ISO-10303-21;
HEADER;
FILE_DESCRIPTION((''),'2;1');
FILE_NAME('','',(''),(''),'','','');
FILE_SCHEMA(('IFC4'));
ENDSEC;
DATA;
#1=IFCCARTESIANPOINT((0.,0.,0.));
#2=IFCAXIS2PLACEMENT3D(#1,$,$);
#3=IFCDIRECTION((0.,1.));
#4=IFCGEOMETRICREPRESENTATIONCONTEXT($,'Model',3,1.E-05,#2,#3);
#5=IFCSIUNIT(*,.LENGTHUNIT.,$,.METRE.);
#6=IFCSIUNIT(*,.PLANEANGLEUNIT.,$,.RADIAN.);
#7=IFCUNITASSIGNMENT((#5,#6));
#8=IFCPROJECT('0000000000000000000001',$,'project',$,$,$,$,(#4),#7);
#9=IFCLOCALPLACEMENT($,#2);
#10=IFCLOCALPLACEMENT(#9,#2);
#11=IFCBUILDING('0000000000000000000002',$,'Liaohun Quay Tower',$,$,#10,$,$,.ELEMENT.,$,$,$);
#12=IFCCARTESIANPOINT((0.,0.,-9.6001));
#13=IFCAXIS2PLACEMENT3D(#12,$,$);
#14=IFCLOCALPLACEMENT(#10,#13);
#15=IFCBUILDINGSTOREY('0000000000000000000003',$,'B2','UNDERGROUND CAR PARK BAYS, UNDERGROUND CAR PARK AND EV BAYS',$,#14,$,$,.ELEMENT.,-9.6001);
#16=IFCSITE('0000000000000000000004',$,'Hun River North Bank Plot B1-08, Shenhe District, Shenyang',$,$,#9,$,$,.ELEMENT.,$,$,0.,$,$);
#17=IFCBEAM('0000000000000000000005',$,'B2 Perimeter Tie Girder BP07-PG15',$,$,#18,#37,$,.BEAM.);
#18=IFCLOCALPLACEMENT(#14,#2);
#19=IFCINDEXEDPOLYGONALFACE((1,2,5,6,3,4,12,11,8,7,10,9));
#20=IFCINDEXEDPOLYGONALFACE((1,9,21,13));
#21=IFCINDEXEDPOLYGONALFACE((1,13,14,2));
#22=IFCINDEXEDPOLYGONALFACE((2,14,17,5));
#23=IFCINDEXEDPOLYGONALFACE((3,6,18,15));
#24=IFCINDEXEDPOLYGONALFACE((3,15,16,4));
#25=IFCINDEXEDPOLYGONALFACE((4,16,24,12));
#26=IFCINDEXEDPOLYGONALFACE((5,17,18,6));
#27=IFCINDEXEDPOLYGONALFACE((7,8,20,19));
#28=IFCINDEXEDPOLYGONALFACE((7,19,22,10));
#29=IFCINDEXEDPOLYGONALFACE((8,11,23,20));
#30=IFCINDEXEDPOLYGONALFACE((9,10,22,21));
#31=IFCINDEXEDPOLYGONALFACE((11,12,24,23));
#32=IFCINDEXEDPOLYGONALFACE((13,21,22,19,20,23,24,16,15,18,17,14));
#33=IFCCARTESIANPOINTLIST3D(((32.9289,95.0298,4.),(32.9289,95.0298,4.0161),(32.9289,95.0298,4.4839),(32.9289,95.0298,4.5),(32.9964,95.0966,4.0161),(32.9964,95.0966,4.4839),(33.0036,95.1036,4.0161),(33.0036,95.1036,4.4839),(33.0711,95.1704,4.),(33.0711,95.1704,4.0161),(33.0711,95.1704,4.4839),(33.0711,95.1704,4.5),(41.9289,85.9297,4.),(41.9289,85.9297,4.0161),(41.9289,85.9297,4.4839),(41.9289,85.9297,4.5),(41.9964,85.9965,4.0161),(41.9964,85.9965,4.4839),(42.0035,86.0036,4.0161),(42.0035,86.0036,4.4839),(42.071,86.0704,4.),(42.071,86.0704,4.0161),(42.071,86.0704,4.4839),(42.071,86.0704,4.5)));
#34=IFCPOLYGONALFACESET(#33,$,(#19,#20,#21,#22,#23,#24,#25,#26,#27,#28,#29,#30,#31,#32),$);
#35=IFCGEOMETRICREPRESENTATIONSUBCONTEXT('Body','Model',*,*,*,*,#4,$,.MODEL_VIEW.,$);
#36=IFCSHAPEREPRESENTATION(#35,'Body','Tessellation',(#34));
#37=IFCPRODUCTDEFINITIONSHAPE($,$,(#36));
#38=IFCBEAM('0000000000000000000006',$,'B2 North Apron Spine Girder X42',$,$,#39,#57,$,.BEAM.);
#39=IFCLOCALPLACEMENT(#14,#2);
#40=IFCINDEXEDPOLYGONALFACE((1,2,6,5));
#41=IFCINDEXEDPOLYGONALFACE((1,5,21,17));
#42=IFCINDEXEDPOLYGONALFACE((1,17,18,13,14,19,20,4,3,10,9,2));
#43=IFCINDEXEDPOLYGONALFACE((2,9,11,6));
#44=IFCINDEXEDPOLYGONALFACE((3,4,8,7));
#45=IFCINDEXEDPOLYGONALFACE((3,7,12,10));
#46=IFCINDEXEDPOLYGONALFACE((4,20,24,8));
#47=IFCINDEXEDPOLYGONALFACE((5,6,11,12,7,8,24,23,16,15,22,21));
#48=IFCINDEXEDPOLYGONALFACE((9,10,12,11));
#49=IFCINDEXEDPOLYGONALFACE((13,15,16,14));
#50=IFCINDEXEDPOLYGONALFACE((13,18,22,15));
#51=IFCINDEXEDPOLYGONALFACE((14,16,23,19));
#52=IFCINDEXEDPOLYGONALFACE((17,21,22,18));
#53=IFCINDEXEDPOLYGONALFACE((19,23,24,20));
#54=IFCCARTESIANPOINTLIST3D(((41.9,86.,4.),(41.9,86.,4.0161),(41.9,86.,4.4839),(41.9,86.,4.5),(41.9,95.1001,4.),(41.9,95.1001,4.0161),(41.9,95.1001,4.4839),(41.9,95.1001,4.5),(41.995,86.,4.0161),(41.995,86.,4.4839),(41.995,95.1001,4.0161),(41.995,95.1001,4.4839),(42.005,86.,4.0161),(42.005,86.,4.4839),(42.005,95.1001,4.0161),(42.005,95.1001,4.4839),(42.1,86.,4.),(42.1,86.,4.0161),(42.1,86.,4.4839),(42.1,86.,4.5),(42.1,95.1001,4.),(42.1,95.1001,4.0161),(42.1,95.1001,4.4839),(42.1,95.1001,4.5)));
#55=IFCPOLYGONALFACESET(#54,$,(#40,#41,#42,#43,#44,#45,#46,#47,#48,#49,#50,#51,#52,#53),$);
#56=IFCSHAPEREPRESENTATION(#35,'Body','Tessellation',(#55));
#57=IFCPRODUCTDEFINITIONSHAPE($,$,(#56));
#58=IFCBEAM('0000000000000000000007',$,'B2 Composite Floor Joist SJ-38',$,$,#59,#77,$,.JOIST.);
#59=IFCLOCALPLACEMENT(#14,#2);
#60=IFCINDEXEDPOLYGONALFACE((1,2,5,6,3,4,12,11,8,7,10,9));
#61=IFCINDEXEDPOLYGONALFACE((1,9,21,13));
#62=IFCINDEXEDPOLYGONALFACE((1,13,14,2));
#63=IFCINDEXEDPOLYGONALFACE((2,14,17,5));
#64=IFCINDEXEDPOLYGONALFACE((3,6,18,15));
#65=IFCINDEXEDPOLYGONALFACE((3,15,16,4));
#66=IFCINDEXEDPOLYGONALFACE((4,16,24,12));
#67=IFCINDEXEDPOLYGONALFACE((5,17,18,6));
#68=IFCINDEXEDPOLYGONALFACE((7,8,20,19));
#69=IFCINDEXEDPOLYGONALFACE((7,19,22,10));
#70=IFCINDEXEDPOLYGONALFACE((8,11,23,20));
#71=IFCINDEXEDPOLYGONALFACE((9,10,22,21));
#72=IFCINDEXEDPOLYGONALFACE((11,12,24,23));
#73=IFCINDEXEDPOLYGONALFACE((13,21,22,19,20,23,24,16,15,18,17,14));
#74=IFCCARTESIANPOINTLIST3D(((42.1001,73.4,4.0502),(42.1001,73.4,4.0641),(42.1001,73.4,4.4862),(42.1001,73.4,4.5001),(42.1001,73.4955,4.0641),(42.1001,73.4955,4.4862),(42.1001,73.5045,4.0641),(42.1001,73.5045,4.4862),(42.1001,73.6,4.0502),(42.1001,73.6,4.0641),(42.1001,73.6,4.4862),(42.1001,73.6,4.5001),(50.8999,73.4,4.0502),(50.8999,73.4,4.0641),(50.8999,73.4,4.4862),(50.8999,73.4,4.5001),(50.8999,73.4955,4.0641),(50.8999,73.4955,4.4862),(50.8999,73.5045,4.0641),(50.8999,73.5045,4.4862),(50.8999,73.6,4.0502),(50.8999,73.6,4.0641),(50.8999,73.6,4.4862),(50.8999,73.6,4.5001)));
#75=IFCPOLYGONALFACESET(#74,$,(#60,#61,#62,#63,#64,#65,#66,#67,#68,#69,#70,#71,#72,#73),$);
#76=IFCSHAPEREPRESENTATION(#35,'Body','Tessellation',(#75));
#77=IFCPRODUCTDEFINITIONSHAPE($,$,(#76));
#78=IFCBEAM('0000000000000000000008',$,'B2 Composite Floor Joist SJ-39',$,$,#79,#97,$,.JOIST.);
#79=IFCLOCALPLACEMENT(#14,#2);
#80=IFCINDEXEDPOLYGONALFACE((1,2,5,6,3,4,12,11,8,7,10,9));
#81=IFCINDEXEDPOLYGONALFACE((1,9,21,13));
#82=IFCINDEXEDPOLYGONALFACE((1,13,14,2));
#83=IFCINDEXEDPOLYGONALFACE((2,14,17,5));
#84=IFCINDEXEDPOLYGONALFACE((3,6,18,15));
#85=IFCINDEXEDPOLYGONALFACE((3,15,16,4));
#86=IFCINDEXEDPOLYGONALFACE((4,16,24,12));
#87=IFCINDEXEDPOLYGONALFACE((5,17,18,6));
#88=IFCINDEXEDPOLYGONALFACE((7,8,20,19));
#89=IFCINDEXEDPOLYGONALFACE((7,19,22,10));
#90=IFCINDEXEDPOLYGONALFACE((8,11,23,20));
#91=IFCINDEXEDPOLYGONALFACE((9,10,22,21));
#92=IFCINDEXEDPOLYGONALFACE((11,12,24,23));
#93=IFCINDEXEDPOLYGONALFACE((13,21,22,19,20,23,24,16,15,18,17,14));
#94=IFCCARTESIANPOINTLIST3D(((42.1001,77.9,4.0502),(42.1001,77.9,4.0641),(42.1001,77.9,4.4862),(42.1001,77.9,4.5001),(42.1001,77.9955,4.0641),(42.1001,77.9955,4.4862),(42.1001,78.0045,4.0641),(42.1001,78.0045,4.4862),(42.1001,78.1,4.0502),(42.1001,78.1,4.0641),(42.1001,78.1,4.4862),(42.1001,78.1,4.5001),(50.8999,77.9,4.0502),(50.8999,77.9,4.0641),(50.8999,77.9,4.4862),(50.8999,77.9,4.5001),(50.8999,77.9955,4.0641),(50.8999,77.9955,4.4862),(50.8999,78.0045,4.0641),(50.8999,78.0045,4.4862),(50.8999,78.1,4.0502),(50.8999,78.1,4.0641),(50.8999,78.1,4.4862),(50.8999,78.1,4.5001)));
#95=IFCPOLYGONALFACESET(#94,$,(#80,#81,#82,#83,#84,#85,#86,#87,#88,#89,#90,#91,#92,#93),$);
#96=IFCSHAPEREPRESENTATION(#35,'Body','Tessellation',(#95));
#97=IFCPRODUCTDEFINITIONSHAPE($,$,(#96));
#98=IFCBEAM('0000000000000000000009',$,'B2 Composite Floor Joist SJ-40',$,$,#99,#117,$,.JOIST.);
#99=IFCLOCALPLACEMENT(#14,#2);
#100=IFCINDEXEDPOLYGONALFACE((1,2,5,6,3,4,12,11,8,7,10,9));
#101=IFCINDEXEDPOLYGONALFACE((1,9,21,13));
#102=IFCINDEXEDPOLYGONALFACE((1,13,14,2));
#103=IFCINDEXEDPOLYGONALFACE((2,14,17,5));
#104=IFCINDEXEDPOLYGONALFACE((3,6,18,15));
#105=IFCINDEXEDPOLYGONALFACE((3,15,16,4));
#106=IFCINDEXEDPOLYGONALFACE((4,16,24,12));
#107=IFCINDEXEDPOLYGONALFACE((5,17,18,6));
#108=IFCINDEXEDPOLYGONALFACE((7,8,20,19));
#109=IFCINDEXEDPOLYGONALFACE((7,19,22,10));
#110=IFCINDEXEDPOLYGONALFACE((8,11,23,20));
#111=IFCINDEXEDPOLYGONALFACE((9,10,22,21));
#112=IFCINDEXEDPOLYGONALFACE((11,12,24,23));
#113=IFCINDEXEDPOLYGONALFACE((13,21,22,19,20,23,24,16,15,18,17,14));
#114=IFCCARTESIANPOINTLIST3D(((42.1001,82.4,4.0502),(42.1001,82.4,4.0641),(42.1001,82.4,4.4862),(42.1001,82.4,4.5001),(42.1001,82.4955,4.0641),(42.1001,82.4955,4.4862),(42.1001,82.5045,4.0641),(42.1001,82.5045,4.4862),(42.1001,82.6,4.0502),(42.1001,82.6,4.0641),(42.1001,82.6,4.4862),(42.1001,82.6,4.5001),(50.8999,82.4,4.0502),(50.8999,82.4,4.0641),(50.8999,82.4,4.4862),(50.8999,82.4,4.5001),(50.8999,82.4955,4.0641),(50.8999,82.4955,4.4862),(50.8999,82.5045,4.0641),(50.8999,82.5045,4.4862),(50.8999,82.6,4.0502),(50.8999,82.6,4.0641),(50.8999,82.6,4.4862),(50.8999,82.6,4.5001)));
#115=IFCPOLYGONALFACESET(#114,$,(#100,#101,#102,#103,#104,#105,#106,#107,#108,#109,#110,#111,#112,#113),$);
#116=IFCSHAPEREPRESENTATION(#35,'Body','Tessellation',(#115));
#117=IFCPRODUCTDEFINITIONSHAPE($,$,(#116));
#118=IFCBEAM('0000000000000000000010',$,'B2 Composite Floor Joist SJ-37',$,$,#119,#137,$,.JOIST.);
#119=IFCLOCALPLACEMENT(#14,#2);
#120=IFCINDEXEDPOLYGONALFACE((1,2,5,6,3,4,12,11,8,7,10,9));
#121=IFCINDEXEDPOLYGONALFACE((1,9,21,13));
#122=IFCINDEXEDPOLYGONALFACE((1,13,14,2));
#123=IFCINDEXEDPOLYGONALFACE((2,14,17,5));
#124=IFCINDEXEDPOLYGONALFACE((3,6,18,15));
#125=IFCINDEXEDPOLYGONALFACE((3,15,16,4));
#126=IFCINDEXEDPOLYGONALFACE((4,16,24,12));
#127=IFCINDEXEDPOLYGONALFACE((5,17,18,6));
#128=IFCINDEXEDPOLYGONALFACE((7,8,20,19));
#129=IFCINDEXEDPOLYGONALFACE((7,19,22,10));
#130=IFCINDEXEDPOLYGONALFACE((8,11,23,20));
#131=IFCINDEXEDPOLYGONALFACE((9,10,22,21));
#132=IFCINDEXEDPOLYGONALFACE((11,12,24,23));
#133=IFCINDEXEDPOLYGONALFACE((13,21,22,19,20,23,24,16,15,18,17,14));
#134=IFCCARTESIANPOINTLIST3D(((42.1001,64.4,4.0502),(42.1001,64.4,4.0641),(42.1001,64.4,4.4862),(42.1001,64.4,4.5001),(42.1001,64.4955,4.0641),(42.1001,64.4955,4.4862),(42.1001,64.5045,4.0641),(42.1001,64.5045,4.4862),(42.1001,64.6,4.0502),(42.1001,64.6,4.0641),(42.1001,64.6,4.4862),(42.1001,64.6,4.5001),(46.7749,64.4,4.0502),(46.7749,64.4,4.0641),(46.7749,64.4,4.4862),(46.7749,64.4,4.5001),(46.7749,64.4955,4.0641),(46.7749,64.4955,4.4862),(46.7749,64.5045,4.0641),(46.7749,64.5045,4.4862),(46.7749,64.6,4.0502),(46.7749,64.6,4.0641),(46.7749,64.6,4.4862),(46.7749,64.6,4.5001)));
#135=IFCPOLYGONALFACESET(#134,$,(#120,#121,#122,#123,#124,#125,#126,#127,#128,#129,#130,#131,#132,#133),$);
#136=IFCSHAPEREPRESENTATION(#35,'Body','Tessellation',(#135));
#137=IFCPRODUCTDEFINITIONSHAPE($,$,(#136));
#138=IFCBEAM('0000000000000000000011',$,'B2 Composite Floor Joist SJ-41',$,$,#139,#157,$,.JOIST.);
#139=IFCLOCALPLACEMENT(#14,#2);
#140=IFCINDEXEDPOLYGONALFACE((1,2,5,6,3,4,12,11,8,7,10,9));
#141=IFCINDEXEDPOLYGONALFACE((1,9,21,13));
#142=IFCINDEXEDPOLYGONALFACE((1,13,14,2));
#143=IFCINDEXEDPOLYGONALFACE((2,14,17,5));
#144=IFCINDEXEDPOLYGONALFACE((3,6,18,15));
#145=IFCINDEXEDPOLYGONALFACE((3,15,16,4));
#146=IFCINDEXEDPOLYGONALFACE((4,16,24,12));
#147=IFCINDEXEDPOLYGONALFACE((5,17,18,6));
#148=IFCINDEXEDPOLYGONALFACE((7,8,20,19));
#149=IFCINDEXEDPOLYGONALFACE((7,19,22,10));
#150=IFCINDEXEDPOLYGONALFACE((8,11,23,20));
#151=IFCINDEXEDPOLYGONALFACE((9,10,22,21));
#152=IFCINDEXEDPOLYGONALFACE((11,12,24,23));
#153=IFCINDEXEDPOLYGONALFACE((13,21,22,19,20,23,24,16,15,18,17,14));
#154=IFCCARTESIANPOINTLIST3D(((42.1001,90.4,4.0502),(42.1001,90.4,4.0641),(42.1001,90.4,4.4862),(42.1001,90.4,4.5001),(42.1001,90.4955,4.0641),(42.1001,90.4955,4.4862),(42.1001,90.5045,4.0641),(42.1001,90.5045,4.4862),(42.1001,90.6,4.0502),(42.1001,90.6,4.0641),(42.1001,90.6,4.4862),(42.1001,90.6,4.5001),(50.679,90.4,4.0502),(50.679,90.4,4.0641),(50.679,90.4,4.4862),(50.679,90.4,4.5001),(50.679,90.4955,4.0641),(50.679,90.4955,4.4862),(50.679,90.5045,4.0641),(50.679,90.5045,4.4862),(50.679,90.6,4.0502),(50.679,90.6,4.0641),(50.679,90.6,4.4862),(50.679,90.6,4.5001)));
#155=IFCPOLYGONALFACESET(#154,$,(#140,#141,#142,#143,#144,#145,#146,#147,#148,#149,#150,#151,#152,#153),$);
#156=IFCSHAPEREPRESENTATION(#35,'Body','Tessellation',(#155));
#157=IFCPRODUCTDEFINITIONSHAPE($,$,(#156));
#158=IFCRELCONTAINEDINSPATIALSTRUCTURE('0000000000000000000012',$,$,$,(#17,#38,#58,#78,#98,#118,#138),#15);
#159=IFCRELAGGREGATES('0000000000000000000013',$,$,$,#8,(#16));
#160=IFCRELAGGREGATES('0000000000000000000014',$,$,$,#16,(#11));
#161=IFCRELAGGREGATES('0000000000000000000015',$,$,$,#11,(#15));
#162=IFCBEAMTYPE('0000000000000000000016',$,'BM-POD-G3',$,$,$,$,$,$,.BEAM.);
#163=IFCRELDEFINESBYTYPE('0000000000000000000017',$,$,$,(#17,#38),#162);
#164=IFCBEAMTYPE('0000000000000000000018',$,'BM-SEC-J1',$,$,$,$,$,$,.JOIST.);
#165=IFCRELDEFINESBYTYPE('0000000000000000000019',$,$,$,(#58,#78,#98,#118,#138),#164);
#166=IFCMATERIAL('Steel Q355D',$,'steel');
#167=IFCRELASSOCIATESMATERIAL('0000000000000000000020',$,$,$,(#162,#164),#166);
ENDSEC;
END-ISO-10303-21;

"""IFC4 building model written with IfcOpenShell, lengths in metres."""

from ifc_helpers import new_model, si_unit, direction, frame, origin, origin_2d, place, context, subcontext, project, spatial, i_section, extrude, source, transform, mapped, material, material_profile, profile_set, type_object, element, save


model = new_model("IFC4")

# Units and contexts
model_context = context("Model", 3, precision=1e-05, world=origin(), true_north=direction((0.0, 1.0)))
body_context = subcontext(model_context, "Body", "Model", "MODEL_VIEW")
ifc_project = project(units=[si_unit("LENGTHUNIT", "METRE"), si_unit("PLANEANGLEUNIT", "RADIAN")], contexts=[model_context])

# Site, building, storey
site_placement = place(None, origin())
site = spatial("IfcSite", under=ifc_project, at=site_placement, Name="Hun River North Bank Plot B1-08, Shenhe District, Shenyang", CompositionType="ELEMENT", RefElevation=0.0)
building_placement = place(site_placement, origin())
building = spatial("IfcBuilding", under=site, at=building_placement, Name="Liaohun Quay Tower", CompositionType="ELEMENT")
storey_placement = place(building_placement, frame((0.0, 0.0, -9.6001)))
storey = spatial("IfcBuildingStorey", under=building, at=storey_placement, Name="B2", Description="UNDERGROUND CAR PARK BAYS, UNDERGROUND CAR PARK AND EV BAYS", CompositionType="ELEMENT", Elevation=-9.6001)

# Beams
ifc_material_1 = material(Name="Steel Q355D", Category="steel")
ifc_material_profile_1 = material_profile(ifc_material_1, i_section(OverallWidth=0.2, OverallDepth=0.5, WebThickness=0.01, FlangeThickness=0.0161, at=origin_2d()), Name="HN500x200x10x16")
ifc_profile_set_1 = profile_set([ifc_material_profile_1], Name="Steel Q355D")
beam_type_1 = type_object("IfcBeamType", Name="BM-POD-G3", PredefinedType="BEAM", material=ifc_profile_set_1)
shared_shape_1 = source(origin(), body_context, "Body", "SweptSolid", [
    extrude(i_section(OverallWidth=0.2, OverallDepth=0.5, WebThickness=0.01, FlangeThickness=0.0161, at=origin_2d()), origin(), (0.0, 0.0, 1.0), 12.7988),
])
beam_1_placement = place(storey_placement, frame((33.0, 95.1001, 4.25), z_axis=(0.703186, -0.711006, 0.0), x_axis=(0.711006, 0.703186, 0.0)))
element("IfcBeam", 1, at=beam_1_placement, inside=storey, type_object=beam_type_1, Name="B2 Perimeter Tie Girder BP07-PG15", PredefinedType="BEAM", context=body_context, shape_type="MappedRepresentation", body=[
    mapped(shared_shape_1, transform((0.0, 0.0, 0.0), x_axis=(1.0, 0.0, 0.0), y_axis=(0.0, 1.0, 0.0), z_axis=(0.0, 0.0, 1.0), scale=1.0)),
])
shared_shape_2 = source(origin(), body_context, "Body", "SweptSolid", [
    extrude(i_section(OverallWidth=0.2, OverallDepth=0.5, WebThickness=0.01, FlangeThickness=0.0161, at=origin_2d()), origin(), (0.0, 0.0, 1.0), 9.1001),
])
beam_2_placement = place(storey_placement, frame((42.0, 86.0, 4.25), z_axis=(0.0, 1.0, 0.0), x_axis=(-1.0, 0.0, 0.0)))
element("IfcBeam", 2, at=beam_2_placement, inside=storey, type_object=beam_type_1, Name="B2 North Apron Spine Girder X42", PredefinedType="BEAM", context=body_context, shape_type="MappedRepresentation", body=[
    mapped(shared_shape_2, transform((0.0, 0.0, 0.0), x_axis=(1.0, 0.0, 0.0), y_axis=(0.0, 1.0, 0.0), z_axis=(0.0, 0.0, 1.0), scale=1.0)),
])
ifc_material_profile_2 = material_profile(ifc_material_1, i_section(OverallWidth=0.2, OverallDepth=0.45, WebThickness=0.009, FlangeThickness=0.0139, at=origin_2d()), Name="HN450x200x9x14")
ifc_profile_set_2 = profile_set([ifc_material_profile_2], Name="Steel Q355D")
beam_type_2 = type_object("IfcBeamType", Name="BM-SEC-J1", PredefinedType="JOIST", material=ifc_profile_set_2)
shared_shape_3 = source(origin(), body_context, "Body", "SweptSolid", [
    extrude(i_section(OverallWidth=0.2, OverallDepth=0.45, WebThickness=0.009, FlangeThickness=0.0139, at=origin_2d()), origin(), (0.0, 0.0, 1.0), 8.7998),
])
for number, where, z_axis, x_axis, name in (
    (3, (42.1001, 73.5, 4.2751), (1.0, 0.0, 0.0), (0.0, 1.0, 0.0), "B2 Composite Floor Joist SJ-38"),
    (4, (42.1001, 78.0, 4.2751), (1.0, 0.0, 0.0), (0.0, 1.0, 0.0), "B2 Composite Floor Joist SJ-39"),
    (5, (42.1001, 82.5, 4.2751), (1.0, 0.0, 0.0), (0.0, 1.0, 0.0), "B2 Composite Floor Joist SJ-40"),
):
    element("IfcBeam", number, at=place(storey_placement, frame(where, z_axis=z_axis, x_axis=x_axis)), inside=storey, type_object=beam_type_2, Name=name, PredefinedType="JOIST", context=body_context, shape_type="MappedRepresentation", body=[
        mapped(shared_shape_3, transform((0.0, 0.0, 0.0), x_axis=(1.0, 0.0, 0.0), y_axis=(0.0, 1.0, 0.0), z_axis=(0.0, 0.0, 1.0), scale=1.0)),
    ])
shared_shape_4 = source(origin(), body_context, "Body", "SweptSolid", [
    extrude(i_section(OverallWidth=0.2, OverallDepth=0.45, WebThickness=0.009, FlangeThickness=0.0139, at=origin_2d()), origin(), (0.0, 0.0, 1.0), 4.6748),
])
beam_3_placement = place(storey_placement, frame((42.1001, 64.5, 4.2751), z_axis=(1.0, 0.0, 0.0), x_axis=(0.0, 1.0, 0.0)))
element("IfcBeam", 6, at=beam_3_placement, inside=storey, type_object=beam_type_2, Name="B2 Composite Floor Joist SJ-37", PredefinedType="JOIST", context=body_context, shape_type="MappedRepresentation", body=[
    mapped(shared_shape_4, transform((0.0, 0.0, 0.0), x_axis=(1.0, 0.0, 0.0), y_axis=(0.0, 1.0, 0.0), z_axis=(0.0, 0.0, 1.0), scale=1.0)),
])
shared_shape_5 = source(origin(), body_context, "Body", "SweptSolid", [
    extrude(i_section(OverallWidth=0.2, OverallDepth=0.45, WebThickness=0.009, FlangeThickness=0.0139, at=origin_2d()), origin(), (0.0, 0.0, 1.0), 8.5789),
])
beam_4_placement = place(storey_placement, frame((42.1001, 90.5, 4.2751), z_axis=(1.0, 0.0, 0.0), x_axis=(0.0, 1.0, 0.0)))
element("IfcBeam", 7, at=beam_4_placement, inside=storey, type_object=beam_type_2, Name="B2 Composite Floor Joist SJ-41", PredefinedType="JOIST", context=body_context, shape_type="MappedRepresentation", body=[
    mapped(shared_shape_5, transform((0.0, 0.0, 0.0), x_axis=(1.0, 0.0, 0.0), y_axis=(0.0, 1.0, 0.0), z_axis=(0.0, 0.0, 1.0), scale=1.0)),
])

save(model, "model.ifc")
